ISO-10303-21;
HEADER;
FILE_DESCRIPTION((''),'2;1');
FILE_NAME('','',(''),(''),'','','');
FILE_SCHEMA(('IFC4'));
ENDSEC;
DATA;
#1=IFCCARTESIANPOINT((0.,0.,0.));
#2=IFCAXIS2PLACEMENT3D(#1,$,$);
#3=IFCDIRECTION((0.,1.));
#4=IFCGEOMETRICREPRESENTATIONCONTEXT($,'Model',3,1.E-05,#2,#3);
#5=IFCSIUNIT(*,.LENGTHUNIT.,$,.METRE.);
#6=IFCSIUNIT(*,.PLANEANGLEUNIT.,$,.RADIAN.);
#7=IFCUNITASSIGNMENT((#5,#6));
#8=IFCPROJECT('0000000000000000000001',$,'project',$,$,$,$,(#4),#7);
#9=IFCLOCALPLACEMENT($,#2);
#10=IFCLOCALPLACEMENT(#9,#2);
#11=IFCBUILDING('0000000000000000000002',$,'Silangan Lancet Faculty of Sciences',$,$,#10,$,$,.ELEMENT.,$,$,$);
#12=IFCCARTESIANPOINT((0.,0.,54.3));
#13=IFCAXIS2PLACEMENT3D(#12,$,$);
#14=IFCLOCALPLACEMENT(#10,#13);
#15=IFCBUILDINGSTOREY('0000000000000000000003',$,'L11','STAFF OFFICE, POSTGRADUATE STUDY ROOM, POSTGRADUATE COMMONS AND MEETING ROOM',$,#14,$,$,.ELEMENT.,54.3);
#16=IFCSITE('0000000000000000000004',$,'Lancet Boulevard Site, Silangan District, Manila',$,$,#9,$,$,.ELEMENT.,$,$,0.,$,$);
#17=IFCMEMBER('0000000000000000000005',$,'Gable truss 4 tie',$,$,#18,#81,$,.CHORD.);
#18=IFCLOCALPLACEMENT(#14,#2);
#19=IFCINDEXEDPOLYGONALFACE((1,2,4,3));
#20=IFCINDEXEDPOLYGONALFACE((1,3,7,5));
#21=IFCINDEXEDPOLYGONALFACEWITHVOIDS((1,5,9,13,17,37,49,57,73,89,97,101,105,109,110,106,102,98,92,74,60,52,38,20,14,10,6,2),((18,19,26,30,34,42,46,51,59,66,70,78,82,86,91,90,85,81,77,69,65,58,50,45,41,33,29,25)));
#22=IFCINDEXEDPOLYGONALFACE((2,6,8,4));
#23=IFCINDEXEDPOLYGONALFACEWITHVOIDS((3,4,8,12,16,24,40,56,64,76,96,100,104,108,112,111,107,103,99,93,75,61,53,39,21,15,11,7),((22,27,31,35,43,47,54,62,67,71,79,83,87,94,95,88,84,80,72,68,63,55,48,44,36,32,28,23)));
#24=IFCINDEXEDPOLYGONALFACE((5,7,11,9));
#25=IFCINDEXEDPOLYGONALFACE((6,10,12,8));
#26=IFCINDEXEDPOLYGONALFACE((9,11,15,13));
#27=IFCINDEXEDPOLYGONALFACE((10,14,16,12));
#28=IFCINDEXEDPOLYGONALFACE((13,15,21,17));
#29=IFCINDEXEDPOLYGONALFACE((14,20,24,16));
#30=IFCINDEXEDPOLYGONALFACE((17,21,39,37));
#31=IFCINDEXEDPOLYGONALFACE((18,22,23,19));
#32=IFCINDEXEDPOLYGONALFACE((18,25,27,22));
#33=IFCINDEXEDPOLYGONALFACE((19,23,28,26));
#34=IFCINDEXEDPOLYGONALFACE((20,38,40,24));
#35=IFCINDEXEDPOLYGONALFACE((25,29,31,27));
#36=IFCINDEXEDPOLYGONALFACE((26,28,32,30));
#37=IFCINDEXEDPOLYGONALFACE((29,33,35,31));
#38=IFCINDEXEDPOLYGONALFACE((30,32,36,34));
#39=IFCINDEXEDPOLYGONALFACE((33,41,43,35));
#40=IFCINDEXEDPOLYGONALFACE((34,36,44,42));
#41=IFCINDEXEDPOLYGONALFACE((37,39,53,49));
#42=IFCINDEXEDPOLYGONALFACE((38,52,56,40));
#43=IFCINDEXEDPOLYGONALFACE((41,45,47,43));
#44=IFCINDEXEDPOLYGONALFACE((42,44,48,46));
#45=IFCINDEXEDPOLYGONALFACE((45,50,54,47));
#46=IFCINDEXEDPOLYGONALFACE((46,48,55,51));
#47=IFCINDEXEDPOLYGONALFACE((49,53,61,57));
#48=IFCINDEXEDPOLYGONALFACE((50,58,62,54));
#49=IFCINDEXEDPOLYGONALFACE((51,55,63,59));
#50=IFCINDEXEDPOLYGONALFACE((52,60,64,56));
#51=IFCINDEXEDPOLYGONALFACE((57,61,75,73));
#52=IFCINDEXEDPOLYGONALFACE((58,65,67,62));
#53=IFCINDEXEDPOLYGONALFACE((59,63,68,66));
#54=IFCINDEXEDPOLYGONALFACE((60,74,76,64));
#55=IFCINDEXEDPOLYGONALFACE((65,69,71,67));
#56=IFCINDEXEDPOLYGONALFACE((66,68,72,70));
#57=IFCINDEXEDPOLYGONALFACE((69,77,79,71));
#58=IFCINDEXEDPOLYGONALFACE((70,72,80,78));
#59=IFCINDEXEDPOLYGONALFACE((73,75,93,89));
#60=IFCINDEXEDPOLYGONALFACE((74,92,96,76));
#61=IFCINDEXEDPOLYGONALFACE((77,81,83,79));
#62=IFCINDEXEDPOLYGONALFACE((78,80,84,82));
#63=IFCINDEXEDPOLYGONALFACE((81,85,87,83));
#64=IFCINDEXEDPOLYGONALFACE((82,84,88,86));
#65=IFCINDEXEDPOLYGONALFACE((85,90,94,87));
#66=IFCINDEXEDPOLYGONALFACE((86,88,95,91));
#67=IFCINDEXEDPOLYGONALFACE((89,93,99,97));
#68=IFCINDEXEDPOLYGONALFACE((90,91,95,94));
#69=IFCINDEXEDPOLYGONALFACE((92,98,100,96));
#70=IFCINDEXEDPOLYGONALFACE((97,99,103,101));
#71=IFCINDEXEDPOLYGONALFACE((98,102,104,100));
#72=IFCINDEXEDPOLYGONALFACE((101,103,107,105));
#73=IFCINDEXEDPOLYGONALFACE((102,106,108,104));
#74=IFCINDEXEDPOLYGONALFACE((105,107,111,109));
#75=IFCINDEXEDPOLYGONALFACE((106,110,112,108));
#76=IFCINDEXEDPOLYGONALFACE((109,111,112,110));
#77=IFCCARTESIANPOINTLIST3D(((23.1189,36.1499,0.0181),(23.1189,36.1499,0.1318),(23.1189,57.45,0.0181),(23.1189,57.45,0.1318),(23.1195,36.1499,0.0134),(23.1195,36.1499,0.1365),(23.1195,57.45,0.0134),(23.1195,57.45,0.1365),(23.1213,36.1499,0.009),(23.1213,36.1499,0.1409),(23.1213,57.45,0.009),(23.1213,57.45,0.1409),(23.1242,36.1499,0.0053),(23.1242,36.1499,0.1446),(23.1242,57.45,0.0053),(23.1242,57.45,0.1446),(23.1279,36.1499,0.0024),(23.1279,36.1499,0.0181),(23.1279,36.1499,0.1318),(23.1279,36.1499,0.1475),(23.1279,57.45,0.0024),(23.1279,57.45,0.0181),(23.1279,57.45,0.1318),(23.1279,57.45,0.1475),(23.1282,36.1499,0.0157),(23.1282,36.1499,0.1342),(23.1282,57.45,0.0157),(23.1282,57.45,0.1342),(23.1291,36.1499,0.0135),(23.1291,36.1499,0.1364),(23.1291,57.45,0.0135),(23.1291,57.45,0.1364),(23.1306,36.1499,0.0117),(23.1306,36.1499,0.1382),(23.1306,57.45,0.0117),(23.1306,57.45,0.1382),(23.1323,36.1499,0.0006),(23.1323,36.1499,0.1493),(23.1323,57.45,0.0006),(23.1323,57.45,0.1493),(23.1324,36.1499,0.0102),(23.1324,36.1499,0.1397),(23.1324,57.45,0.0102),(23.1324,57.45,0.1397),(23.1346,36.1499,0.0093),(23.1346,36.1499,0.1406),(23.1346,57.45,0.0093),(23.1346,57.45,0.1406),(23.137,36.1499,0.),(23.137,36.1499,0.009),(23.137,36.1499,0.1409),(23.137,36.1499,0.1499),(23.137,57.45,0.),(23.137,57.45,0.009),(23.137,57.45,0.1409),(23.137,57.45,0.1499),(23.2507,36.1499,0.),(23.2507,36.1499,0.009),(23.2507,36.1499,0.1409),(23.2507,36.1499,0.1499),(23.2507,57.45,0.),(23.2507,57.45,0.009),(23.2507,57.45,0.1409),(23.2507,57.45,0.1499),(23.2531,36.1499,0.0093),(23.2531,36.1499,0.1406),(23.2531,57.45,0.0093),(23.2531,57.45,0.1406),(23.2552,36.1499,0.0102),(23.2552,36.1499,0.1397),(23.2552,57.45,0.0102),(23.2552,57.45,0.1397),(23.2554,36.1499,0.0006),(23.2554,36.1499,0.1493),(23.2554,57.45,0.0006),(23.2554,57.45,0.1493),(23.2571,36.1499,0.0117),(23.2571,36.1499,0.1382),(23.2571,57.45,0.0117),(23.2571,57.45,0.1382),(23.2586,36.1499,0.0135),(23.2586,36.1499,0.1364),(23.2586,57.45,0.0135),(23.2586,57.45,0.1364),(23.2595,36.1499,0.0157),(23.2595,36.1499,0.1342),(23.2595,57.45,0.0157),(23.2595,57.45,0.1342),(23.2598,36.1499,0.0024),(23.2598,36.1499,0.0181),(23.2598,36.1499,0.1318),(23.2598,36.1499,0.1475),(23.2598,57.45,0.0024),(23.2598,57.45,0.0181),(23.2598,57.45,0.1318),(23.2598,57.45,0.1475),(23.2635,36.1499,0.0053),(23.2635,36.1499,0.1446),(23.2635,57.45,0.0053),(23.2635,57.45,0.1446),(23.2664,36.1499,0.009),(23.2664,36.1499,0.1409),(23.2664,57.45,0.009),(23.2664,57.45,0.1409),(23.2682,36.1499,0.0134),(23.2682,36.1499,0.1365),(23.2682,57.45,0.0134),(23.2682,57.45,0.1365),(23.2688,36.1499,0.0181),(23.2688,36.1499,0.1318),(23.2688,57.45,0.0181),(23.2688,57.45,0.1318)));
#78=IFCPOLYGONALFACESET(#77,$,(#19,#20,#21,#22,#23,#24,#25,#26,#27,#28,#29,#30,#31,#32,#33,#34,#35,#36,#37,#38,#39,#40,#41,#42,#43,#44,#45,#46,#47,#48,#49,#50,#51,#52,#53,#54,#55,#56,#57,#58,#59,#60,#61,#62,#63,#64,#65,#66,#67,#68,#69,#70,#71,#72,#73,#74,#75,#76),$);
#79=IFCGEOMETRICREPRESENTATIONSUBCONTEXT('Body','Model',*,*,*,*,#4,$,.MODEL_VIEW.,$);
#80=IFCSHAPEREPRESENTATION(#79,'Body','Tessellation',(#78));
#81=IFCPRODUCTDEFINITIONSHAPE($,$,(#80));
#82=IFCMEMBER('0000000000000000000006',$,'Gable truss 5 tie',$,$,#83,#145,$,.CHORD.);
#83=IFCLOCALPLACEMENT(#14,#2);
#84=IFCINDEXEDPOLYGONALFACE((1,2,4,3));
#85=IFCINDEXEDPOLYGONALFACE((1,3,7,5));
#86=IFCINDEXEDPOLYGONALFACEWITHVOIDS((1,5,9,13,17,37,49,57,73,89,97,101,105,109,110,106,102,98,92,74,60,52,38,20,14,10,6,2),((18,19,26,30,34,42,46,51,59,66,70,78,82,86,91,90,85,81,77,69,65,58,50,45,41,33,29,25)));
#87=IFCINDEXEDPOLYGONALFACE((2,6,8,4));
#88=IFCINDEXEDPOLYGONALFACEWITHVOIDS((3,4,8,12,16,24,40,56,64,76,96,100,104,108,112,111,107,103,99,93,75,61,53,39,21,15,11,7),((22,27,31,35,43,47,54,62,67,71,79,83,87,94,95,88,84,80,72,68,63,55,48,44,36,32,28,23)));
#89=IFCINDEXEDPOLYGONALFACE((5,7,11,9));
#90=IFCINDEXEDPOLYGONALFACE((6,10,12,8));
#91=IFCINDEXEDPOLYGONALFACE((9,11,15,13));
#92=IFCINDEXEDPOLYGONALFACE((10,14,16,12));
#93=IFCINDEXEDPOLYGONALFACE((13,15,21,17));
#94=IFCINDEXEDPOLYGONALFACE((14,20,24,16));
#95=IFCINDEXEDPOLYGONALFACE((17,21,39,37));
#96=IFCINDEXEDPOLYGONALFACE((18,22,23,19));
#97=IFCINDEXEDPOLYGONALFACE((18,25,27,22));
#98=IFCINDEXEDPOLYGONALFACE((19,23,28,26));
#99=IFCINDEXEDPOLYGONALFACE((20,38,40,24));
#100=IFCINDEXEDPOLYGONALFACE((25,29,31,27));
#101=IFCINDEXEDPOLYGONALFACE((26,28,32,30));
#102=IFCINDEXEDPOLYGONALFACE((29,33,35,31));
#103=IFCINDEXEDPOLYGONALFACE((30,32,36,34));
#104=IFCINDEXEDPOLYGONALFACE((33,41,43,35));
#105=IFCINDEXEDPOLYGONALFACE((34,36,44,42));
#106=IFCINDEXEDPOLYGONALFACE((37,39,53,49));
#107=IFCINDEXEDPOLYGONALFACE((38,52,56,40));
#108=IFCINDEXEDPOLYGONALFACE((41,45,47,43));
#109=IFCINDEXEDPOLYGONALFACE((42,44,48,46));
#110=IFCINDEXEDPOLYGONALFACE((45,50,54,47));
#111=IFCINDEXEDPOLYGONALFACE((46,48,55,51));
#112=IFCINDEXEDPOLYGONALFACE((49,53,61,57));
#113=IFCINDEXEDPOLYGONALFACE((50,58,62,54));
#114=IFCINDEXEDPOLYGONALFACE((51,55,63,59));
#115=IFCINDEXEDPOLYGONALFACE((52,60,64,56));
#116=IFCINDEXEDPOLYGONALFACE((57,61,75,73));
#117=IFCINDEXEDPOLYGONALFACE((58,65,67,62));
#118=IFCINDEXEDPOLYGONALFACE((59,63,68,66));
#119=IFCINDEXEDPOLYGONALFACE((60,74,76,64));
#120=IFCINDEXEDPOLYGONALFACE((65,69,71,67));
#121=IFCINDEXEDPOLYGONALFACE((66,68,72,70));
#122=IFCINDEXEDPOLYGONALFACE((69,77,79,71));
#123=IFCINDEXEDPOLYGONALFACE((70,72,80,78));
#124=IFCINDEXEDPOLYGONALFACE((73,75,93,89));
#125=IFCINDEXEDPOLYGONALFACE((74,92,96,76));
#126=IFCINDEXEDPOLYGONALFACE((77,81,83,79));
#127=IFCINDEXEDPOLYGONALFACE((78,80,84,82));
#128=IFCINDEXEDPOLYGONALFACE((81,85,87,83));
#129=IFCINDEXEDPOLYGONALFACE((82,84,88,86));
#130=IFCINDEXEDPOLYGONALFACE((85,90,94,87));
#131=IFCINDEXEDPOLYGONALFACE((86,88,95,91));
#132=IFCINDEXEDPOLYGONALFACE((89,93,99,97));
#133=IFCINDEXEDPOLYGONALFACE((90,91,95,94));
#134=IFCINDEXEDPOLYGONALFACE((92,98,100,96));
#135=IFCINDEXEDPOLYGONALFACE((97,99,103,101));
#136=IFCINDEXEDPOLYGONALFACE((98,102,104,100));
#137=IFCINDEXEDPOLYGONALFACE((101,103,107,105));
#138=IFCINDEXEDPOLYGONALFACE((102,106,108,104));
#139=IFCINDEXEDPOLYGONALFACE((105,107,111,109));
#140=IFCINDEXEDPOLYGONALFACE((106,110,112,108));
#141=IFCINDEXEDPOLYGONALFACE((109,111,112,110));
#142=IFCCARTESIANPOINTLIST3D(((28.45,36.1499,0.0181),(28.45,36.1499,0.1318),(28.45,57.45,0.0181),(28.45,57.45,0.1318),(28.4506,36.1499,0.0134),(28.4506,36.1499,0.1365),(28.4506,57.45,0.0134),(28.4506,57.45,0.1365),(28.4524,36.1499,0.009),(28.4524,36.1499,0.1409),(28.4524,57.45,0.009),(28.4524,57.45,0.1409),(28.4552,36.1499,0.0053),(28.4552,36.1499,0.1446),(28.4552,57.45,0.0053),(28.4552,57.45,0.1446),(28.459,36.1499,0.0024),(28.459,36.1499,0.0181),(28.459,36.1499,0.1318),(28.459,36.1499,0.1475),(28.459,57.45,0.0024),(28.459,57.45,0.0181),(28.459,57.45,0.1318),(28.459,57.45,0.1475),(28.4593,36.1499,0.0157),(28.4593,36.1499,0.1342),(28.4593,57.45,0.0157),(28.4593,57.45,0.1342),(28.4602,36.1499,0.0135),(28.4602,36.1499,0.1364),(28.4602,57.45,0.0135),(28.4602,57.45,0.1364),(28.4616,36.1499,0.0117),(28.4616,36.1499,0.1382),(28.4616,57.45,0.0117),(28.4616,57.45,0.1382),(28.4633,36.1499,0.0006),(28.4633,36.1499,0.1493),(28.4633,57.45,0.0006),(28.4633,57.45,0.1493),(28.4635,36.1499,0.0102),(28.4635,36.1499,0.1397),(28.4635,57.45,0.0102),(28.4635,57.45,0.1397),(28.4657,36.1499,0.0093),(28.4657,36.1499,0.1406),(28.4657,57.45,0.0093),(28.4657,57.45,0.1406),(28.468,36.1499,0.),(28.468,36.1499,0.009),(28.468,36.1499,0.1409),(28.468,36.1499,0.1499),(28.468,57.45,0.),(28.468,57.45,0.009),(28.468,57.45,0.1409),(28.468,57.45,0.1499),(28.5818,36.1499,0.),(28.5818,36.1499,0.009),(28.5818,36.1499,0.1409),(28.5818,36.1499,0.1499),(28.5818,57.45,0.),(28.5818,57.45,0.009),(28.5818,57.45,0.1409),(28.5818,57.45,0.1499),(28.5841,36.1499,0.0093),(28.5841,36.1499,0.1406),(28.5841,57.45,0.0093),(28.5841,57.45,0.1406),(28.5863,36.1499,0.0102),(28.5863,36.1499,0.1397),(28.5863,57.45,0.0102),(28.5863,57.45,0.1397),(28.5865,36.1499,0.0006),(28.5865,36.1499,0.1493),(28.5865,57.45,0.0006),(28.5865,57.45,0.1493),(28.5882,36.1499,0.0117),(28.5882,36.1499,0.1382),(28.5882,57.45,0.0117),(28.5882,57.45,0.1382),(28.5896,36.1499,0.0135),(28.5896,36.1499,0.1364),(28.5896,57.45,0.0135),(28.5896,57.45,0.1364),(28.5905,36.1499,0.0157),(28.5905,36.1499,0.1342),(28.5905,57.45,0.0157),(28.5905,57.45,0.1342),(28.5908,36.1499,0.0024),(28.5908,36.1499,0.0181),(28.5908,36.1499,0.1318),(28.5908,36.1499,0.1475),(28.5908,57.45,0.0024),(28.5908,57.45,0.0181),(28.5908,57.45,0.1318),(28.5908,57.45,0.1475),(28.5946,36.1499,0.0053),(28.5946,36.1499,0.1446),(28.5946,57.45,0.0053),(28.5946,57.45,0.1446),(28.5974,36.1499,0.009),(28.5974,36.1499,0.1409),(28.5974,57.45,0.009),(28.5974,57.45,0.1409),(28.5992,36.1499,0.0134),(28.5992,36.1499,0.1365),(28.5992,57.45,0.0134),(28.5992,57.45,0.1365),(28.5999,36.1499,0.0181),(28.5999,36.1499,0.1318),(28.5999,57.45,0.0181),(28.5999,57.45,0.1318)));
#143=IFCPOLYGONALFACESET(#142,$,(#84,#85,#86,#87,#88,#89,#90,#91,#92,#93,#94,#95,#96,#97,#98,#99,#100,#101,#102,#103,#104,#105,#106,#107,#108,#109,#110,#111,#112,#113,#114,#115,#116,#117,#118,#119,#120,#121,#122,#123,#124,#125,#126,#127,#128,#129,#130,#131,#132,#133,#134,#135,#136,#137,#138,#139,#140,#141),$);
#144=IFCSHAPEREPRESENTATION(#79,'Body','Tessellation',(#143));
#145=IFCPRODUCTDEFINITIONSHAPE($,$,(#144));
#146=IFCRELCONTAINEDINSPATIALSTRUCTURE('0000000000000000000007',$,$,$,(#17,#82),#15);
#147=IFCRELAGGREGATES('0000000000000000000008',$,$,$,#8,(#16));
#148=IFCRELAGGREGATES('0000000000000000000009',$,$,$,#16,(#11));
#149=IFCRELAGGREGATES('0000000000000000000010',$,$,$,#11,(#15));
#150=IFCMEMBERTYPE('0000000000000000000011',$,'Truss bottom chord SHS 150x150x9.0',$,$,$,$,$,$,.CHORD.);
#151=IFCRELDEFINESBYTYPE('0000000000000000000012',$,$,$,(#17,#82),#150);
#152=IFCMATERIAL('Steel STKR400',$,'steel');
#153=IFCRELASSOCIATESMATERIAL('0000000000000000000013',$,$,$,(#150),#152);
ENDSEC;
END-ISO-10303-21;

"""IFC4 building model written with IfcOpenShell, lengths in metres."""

from ifc_helpers import new_model, si_unit, direction, frame, origin, origin_2d, place, context, subcontext, project, spatial, hollow_rectangle, extrude, material, material_profile, profile_set, type_object, element, save


model = new_model("IFC4")

# Units and contexts
model_context = context("Model", 3, precision=1e-05, world=origin(), true_north=direction((0.0, 1.0)))
body_context = subcontext(model_context, "Body", "Model", "MODEL_VIEW")
ifc_project = project(units=[si_unit("LENGTHUNIT", "METRE"), si_unit("PLANEANGLEUNIT", "RADIAN")], contexts=[model_context])

# Site, building, storey
site_placement = place(None, origin())
site = spatial("IfcSite", under=ifc_project, at=site_placement, Name="Lancet Boulevard Site, Silangan District, Manila", CompositionType="ELEMENT", RefElevation=0.0)
building_placement = place(site_placement, origin())
building = spatial("IfcBuilding", under=site, at=building_placement, Name="Silangan Lancet Faculty of Sciences", CompositionType="ELEMENT")
storey_placement = place(building_placement, frame((0.0, 0.0, 54.3)))
storey = spatial("IfcBuildingStorey", under=building, at=storey_placement, Name="L11", Description="STAFF OFFICE, POSTGRADUATE STUDY ROOM, POSTGRADUATE COMMONS AND MEETING ROOM", CompositionType="ELEMENT", Elevation=54.3)

# Members
ifc_material_1 = material(Name="Steel STKR400", Category="steel")
ifc_material_profile_1 = material_profile(ifc_material_1, hollow_rectangle(XDim=0.1499, YDim=0.1499, WallThickness=0.009, InnerFilletRadius=0.009, OuterFilletRadius=0.0181, at=origin_2d()), Name="SHS 150x150x9.0")
ifc_profile_set_1 = profile_set([ifc_material_profile_1], Name="Steel STKR400")
member_type_1 = type_object("IfcMemberType", Name="Truss bottom chord SHS 150x150x9.0", PredefinedType="CHORD", material=ifc_profile_set_1)
for number, where, z_axis, x_axis, name in (
    (1, (23.1938, 36.1499, 0.075), (0.0, 1.0, 0.0), (-1.0, 0.0, 0.0), "Gable truss 4 tie"),
    (2, (28.5249, 36.1499, 0.075), (0.0, 1.0, 0.0), (-1.0, 0.0, 0.0), "Gable truss 5 tie"),
):
    element("IfcMember", number, at=place(storey_placement, frame(where, z_axis=z_axis, x_axis=x_axis)), inside=storey, type_object=member_type_1, Name=name, PredefinedType="CHORD", context=body_context, shape_type="SweptSolid", body=[
        extrude(hollow_rectangle(XDim=0.1499, YDim=0.1499, WallThickness=0.009, InnerFilletRadius=0.009, OuterFilletRadius=0.0181, at=origin_2d()), origin(), (0.0, 0.0, 1.0), 21.3),
    ])

save(model, "model.ifc")
